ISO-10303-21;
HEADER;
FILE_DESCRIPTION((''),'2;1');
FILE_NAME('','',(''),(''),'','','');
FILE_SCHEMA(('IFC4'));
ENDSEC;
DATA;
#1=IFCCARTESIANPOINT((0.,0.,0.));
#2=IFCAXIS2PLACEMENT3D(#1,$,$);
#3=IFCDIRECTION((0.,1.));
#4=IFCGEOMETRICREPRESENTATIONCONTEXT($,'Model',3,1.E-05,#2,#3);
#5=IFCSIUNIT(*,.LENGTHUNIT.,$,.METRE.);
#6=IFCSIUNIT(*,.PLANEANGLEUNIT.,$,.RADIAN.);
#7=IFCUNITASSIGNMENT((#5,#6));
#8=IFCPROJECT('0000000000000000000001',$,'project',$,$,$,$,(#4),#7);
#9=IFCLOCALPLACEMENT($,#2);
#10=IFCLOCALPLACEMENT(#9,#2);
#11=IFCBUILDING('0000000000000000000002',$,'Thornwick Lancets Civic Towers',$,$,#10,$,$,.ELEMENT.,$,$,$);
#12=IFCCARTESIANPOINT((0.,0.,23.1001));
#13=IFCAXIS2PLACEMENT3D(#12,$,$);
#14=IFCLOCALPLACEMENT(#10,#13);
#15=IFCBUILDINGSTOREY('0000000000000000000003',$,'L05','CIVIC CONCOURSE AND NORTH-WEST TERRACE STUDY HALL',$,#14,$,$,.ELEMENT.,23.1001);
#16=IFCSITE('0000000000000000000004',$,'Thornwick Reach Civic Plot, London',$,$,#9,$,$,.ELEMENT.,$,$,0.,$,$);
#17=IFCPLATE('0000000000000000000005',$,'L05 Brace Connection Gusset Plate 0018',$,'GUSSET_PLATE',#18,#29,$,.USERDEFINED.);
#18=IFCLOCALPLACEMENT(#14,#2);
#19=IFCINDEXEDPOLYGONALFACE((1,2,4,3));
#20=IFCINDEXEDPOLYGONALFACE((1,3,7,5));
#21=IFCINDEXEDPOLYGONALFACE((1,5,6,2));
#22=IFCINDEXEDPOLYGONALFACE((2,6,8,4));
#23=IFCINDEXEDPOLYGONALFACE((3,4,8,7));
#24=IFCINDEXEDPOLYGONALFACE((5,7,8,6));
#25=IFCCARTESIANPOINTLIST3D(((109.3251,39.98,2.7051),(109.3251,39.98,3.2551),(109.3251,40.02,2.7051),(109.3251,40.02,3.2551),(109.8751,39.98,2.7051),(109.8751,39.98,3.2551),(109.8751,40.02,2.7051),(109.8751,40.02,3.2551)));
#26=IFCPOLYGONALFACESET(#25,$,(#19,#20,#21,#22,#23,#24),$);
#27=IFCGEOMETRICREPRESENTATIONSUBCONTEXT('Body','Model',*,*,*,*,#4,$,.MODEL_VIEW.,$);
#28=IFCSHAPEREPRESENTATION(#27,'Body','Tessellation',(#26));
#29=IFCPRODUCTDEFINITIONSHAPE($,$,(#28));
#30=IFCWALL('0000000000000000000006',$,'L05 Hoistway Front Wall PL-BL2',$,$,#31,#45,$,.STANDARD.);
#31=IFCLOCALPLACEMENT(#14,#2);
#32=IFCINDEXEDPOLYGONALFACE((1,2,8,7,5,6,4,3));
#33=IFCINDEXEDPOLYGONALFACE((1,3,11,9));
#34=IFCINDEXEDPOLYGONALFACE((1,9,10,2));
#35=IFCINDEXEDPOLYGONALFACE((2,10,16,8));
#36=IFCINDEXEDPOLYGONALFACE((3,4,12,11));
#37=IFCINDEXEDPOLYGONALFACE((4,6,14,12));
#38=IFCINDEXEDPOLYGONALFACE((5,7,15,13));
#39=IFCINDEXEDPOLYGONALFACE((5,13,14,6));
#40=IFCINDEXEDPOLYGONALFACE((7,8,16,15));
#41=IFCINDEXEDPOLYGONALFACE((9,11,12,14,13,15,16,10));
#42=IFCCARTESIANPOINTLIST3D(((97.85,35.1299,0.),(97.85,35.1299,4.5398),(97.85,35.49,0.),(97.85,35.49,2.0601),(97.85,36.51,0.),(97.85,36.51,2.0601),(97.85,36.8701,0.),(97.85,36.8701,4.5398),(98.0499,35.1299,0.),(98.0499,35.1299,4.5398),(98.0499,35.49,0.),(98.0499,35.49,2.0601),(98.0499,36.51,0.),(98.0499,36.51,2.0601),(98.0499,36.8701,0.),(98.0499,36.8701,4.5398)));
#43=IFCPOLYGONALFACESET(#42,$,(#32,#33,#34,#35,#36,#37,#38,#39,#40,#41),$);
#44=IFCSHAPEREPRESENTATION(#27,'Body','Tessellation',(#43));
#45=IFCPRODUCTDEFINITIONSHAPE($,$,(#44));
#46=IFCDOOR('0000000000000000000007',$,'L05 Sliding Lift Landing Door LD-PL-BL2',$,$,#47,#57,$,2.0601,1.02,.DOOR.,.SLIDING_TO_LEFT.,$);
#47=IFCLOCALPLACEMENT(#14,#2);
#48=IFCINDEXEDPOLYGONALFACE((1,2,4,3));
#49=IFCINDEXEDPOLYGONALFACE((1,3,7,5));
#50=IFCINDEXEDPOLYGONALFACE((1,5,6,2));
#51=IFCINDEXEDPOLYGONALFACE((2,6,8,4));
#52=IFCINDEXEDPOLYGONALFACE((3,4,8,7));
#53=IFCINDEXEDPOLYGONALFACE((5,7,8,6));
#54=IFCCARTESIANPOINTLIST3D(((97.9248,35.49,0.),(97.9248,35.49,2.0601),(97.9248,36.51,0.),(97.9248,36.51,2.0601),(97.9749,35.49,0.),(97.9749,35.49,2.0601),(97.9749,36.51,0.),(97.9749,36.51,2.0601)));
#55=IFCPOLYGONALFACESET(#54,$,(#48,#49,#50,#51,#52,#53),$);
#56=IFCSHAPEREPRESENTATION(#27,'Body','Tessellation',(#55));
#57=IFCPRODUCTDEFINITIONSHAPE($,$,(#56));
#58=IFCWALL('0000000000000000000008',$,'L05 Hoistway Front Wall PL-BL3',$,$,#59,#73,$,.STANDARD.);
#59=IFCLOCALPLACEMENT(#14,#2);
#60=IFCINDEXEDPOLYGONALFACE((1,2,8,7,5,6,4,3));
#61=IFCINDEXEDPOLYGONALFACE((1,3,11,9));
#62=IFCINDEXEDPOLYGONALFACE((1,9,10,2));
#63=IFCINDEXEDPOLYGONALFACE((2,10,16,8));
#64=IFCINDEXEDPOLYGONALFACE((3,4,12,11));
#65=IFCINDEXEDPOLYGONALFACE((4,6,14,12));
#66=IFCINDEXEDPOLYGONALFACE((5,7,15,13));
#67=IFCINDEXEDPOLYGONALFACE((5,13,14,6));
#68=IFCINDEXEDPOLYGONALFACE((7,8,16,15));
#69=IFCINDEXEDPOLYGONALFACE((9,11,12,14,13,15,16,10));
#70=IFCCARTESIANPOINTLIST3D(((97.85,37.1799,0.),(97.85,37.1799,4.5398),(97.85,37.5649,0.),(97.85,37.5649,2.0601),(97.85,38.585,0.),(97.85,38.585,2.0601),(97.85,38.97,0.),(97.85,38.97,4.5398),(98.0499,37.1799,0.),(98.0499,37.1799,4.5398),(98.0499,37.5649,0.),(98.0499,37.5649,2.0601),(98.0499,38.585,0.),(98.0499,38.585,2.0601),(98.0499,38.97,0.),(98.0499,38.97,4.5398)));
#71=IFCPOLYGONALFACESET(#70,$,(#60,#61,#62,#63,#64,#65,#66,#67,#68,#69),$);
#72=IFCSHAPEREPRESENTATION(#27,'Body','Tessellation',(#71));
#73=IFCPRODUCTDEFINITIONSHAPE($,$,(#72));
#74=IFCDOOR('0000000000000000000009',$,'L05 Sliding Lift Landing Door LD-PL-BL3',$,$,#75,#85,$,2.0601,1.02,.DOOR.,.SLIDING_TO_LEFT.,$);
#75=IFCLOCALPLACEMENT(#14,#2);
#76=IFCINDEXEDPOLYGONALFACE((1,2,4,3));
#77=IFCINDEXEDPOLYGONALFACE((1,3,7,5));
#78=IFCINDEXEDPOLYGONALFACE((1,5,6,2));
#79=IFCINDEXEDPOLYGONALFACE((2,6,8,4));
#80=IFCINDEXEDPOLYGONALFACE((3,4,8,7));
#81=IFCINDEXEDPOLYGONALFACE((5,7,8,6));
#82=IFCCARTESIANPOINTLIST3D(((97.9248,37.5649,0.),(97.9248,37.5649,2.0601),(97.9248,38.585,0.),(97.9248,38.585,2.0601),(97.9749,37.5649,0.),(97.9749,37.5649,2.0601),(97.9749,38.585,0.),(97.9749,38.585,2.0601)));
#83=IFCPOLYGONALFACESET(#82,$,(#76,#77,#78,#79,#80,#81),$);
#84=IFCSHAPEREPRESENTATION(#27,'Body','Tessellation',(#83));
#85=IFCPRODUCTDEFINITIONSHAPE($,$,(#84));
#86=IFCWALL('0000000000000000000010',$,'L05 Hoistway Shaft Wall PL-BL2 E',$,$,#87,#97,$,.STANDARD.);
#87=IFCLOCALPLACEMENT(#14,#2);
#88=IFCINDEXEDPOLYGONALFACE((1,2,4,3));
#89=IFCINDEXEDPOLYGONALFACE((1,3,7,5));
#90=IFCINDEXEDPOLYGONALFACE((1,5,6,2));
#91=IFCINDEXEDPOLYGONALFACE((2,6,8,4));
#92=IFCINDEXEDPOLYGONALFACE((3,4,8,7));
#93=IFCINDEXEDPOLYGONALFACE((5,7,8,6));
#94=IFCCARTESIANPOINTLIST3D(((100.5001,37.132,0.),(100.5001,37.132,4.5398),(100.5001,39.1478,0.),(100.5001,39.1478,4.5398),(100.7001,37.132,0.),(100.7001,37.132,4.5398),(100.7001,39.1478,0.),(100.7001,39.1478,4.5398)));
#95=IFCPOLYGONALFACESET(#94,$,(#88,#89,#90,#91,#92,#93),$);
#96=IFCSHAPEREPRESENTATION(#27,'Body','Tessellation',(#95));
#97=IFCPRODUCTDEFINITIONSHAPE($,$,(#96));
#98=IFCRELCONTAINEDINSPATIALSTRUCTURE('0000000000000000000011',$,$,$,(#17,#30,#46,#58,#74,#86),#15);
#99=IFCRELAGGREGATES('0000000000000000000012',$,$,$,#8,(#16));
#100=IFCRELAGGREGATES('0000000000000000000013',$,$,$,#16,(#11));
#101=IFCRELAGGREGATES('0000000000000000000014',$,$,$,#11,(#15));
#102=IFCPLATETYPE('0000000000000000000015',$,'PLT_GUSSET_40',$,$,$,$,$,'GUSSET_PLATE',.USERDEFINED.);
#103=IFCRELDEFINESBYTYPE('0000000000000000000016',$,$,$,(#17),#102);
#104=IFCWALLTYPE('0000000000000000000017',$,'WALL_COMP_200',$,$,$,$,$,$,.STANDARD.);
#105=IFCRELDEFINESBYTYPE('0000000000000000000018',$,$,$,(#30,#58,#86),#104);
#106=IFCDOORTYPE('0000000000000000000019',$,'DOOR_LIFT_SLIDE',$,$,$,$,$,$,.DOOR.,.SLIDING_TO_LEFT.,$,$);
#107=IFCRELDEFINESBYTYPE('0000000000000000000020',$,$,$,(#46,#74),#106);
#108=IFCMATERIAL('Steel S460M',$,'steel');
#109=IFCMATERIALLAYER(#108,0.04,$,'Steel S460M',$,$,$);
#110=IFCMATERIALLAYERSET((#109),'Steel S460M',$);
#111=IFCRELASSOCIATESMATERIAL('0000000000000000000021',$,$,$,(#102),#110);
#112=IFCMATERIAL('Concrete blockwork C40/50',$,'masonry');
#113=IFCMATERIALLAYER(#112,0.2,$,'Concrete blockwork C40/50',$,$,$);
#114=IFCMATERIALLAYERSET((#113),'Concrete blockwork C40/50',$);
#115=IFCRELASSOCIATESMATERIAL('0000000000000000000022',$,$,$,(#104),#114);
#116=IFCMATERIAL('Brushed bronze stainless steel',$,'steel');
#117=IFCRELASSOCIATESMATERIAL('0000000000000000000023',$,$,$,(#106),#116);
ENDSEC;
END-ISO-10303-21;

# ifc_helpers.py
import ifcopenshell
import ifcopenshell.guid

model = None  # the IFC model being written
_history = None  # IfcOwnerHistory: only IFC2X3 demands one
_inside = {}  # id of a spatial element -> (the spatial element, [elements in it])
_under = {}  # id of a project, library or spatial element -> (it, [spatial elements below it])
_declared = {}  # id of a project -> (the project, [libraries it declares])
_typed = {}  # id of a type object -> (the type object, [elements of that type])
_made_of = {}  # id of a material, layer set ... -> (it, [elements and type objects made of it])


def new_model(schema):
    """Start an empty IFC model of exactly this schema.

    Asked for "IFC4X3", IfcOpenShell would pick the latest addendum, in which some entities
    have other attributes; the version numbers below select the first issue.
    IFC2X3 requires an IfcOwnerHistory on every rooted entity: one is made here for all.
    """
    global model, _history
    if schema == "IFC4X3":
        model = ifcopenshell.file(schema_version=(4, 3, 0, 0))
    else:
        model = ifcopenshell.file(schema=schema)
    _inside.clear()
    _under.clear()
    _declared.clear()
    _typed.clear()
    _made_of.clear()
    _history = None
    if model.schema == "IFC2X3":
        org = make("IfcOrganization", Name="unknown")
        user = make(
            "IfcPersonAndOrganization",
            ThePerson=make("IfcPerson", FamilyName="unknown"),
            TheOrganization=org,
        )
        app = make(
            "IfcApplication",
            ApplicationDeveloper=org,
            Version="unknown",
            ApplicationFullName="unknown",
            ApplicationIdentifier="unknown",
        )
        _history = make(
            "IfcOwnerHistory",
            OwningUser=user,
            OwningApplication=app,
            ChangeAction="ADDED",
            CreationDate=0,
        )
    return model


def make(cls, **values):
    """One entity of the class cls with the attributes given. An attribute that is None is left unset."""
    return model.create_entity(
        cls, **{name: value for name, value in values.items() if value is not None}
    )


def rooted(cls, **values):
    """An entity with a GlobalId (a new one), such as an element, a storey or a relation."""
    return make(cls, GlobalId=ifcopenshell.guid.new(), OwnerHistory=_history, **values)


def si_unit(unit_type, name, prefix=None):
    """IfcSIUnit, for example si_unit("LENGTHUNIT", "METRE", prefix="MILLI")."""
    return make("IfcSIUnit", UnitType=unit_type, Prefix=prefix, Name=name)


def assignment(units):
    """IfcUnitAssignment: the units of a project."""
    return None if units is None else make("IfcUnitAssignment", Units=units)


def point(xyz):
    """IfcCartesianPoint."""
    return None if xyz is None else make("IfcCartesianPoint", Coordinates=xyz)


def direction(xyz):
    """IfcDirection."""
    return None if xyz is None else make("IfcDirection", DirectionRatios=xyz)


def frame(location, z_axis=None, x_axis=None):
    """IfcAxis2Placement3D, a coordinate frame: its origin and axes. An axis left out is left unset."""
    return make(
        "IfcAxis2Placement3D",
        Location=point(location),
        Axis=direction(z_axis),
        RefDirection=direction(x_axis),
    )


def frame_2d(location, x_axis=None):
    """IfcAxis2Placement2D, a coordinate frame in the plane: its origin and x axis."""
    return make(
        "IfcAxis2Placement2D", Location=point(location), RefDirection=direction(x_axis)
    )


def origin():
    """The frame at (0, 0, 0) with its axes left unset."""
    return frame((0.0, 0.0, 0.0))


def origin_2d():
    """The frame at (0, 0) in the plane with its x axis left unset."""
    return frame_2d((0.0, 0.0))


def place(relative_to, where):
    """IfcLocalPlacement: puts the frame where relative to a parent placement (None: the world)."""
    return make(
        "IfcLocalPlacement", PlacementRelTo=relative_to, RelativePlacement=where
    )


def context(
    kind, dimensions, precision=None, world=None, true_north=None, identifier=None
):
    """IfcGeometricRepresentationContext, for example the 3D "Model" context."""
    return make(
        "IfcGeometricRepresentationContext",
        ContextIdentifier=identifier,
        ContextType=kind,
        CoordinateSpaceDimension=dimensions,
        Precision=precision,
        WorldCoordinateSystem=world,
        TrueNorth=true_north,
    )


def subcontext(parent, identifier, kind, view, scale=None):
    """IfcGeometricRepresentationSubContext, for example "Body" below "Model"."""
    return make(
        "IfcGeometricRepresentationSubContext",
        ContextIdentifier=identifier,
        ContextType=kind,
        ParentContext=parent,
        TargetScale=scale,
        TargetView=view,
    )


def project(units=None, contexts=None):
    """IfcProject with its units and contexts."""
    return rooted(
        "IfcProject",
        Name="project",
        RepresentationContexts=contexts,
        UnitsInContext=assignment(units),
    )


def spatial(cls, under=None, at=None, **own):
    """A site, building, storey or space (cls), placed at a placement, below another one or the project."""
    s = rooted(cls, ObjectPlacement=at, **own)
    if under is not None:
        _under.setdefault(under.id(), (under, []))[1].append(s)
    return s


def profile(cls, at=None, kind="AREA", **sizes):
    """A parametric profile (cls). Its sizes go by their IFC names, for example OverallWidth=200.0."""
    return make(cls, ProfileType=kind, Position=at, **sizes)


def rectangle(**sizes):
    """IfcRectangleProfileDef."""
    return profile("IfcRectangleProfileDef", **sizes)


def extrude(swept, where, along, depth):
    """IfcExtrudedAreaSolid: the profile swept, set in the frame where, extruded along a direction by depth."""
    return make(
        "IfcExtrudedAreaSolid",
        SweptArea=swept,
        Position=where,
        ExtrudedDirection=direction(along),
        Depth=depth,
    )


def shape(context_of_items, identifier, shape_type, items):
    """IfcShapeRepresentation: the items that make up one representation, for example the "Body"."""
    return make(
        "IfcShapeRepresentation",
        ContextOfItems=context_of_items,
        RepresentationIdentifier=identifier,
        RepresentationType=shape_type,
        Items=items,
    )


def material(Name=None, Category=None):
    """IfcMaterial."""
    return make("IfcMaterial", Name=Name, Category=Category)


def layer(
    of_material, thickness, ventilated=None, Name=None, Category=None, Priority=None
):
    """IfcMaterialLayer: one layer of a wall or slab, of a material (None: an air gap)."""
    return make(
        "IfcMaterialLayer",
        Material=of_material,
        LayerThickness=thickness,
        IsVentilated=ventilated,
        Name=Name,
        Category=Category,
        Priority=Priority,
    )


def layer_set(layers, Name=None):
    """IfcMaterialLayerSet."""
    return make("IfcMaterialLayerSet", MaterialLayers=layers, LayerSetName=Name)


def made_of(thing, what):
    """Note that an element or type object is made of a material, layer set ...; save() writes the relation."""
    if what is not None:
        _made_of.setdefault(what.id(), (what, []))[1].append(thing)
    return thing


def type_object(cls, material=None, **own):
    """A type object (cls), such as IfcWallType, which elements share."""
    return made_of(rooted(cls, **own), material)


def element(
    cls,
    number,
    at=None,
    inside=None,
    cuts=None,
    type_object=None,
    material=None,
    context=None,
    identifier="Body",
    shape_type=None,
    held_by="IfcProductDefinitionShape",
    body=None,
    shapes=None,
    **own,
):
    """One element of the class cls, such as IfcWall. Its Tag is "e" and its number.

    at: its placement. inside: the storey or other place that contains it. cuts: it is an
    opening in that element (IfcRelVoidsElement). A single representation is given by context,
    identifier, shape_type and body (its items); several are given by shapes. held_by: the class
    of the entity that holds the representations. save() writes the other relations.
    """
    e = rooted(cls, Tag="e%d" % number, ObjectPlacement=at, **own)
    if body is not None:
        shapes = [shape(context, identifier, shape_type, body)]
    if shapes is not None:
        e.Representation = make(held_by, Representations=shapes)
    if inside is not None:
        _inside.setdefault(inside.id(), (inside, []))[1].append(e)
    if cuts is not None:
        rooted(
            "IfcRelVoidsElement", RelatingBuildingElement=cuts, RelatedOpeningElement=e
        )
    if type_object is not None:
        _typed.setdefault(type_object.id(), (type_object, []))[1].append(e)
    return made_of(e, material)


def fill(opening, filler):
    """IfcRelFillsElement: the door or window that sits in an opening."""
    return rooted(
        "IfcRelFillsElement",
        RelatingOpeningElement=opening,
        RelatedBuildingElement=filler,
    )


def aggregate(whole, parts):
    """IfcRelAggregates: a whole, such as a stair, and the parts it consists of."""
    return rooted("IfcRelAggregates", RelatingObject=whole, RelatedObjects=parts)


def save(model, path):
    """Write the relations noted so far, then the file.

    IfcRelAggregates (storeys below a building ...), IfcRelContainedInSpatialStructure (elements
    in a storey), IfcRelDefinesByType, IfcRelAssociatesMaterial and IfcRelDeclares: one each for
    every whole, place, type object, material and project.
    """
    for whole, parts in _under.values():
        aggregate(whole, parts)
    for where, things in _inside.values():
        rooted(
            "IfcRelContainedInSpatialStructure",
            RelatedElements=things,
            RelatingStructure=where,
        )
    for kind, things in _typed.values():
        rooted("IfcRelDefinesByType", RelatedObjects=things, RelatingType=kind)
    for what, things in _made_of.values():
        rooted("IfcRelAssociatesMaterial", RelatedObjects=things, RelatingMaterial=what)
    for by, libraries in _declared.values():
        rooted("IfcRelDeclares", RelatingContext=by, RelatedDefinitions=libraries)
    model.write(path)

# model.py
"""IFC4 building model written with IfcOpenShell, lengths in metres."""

from ifc_helpers import new_model, si_unit, direction, frame, frame_2d, origin, origin_2d, place, context, subcontext, project, spatial, rectangle, extrude, material, layer, layer_set, type_object, element, fill, save


model = new_model("IFC4")

# Units and contexts
model_context = context("Model", 3, precision=1e-05, world=origin(), true_north=direction((0.0, 1.0)))
body_context = subcontext(model_context, "Body", "Model", "MODEL_VIEW")
ifc_project = project(units=[si_unit("LENGTHUNIT", "METRE"), si_unit("PLANEANGLEUNIT", "RADIAN")], contexts=[model_context])

# Site, building, storey
site_placement = place(None, origin())
site = spatial("IfcSite", under=ifc_project, at=site_placement, Name="Thornwick Reach Civic Plot, London", CompositionType="ELEMENT", RefElevation=0.0)
building_placement = place(site_placement, origin())
building = spatial("IfcBuilding", under=site, at=building_placement, Name="Thornwick Lancets Civic Towers", CompositionType="ELEMENT")
storey_placement = place(building_placement, frame((0.0, 0.0, 23.1001)))
storey = spatial("IfcBuildingStorey", under=building, at=storey_placement, Name="L05", Description="CIVIC CONCOURSE AND NORTH-WEST TERRACE STUDY HALL", CompositionType="ELEMENT", Elevation=23.1001)

# Shared definitions
ifc_material_1 = material(Name="Steel S460M", Category="steel")

# Plate
ifc_layer_1 = layer(ifc_material_1, 0.04, Name="Steel S460M")
ifc_layer_set_1 = layer_set([ifc_layer_1], Name="Steel S460M")
plate_type = type_object("IfcPlateType", Name="PLT_GUSSET_40", ElementType="GUSSET_PLATE", PredefinedType="USERDEFINED", material=ifc_layer_set_1)
for number, where, z_axis, x_axis, name in (
    (1, (109.6001, 40.0, 2.7051), (0.0, 0.0, 1.0), (1.0, 0.0, 0.0), "L05 Brace Connection Gusset Plate 0018"),
):
    element("IfcPlate", number, at=place(storey_placement, frame(where, z_axis=z_axis, x_axis=x_axis)), inside=storey, type_object=plate_type, Name=name, ObjectType="GUSSET_PLATE", PredefinedType="USERDEFINED", context=body_context, shape_type="SweptSolid", body=[
        extrude(rectangle(XDim=0.55, YDim=0.04, at=origin_2d()), origin(), (0.0, 0.0, 1.0), 0.55),
    ])

# Walls, openings, doors
ifc_material_2 = material(Name="Concrete blockwork C40/50", Category="masonry")
ifc_layer_2 = layer(ifc_material_2, 0.2, Name="Concrete blockwork C40/50")
ifc_layer_set_2 = layer_set([ifc_layer_2], Name="Concrete blockwork C40/50")
wall_type_1 = type_object("IfcWallType", Name="WALL_COMP_200", PredefinedType="STANDARD", material=ifc_layer_set_2)
wall_1_placement = place(storey_placement, frame((97.95, 36.8701, 0.0), z_axis=(0.0, 0.0, 1.0), x_axis=(0.0, -1.0, 0.0)))
wall_1 = element("IfcWall", 2, at=wall_1_placement, inside=storey, type_object=wall_type_1, Name="L05 Hoistway Front Wall PL-BL2", PredefinedType="STANDARD", context=body_context, shape_type="SweptSolid", body=[
    extrude(rectangle(XDim=1.7402, YDim=0.2, at=frame_2d((0.8701, 0.0))), origin(), (0.0, 0.0, 1.0), 4.5398),
])
opening_1_placement = place(wall_1_placement, frame((0.3601, 0.0, 0.0)))
opening_1 = element("IfcOpeningElement", 3, at=opening_1_placement, cuts=wall_1, PredefinedType="OPENING", context=body_context, shape_type="SweptSolid", body=[
    extrude(rectangle(XDim=1.02, YDim=2.0601, at=frame_2d((0.51, 1.03))), frame((0.0, 0.1099, 0.0), z_axis=(0.0, -1.0, 0.0), x_axis=(1.0, 0.0, 0.0)), (0.0, 0.0, 1.0), 0.22),
])
ifc_material_3 = material(Name="Brushed bronze stainless steel", Category="steel")
door_type_1 = type_object("IfcDoorType", Name="DOOR_LIFT_SLIDE", OperationType="SLIDING_TO_LEFT", PredefinedType="DOOR", material=ifc_material_3)
door_1_placement = place(opening_1_placement, origin())
door_1 = element("IfcDoor", 4, at=door_1_placement, inside=storey, type_object=door_type_1, Name="L05 Sliding Lift Landing Door LD-PL-BL2", OperationType="SLIDING_TO_LEFT", OverallHeight=2.0601, OverallWidth=1.02, PredefinedType="DOOR", context=body_context, shape_type="SweptSolid", body=[
    extrude(rectangle(XDim=1.02, YDim=2.0601, at=frame_2d((0.51, 1.03))), frame((0.0, 0.0249, 0.0), z_axis=(0.0, -1.0, 0.0), x_axis=(1.0, 0.0, 0.0)), (0.0, 0.0, 1.0), 0.05),
])
fill(opening_1, door_1)
wall_2_placement = place(storey_placement, frame((97.95, 38.97, 0.0), z_axis=(0.0, 0.0, 1.0), x_axis=(0.0, -1.0, 0.0)))
wall_2 = element("IfcWall", 5, at=wall_2_placement, inside=storey, type_object=wall_type_1, Name="L05 Hoistway Front Wall PL-BL3", PredefinedType="STANDARD", context=body_context, shape_type="SweptSolid", body=[
    extrude(rectangle(XDim=1.79, YDim=0.2, at=frame_2d((0.895, 0.0))), origin(), (0.0, 0.0, 1.0), 4.5398),
])
opening_2_placement = place(wall_2_placement, frame((0.385, 0.0, 0.0)))
opening_2 = element("IfcOpeningElement", 6, at=opening_2_placement, cuts=wall_2, PredefinedType="OPENING", context=body_context, shape_type="SweptSolid", body=[
    extrude(rectangle(XDim=1.02, YDim=2.0601, at=frame_2d((0.51, 1.03))), frame((0.0, 0.1099, 0.0), z_axis=(0.0, -1.0, 0.0), x_axis=(1.0, 0.0, 0.0)), (0.0, 0.0, 1.0), 0.22),
])
door_2_placement = place(opening_2_placement, origin())
door_2 = element("IfcDoor", 7, at=door_2_placement, inside=storey, type_object=door_type_1, Name="L05 Sliding Lift Landing Door LD-PL-BL3", OperationType="SLIDING_TO_LEFT", OverallHeight=2.0601, OverallWidth=1.02, PredefinedType="DOOR", context=body_context, shape_type="SweptSolid", body=[
    extrude(rectangle(XDim=1.02, YDim=2.0601, at=frame_2d((0.51, 1.03))), frame((0.0, 0.0249, 0.0), z_axis=(0.0, -1.0, 0.0), x_axis=(1.0, 0.0, 0.0)), (0.0, 0.0, 1.0), 0.05),
])
fill(opening_2, door_2)

# Wall
wall_3_placement = place(storey_placement, frame((100.6001, 37.1321, 0.0), z_axis=(0.0, 0.0, 1.0), x_axis=(0.0, 1.0, 0.0)))
element("IfcWall", 8, at=wall_3_placement, inside=storey, type_object=wall_type_1, Name="L05 Hoistway Shaft Wall PL-BL2 E", PredefinedType="STANDARD", context=body_context, shape_type="SweptSolid", body=[
    extrude(rectangle(XDim=2.0159, YDim=0.2, at=frame_2d((1.0078, 0.0))), origin(), (0.0, 0.0, 1.0), 4.5398),
])

save(model, "model.ifc")
